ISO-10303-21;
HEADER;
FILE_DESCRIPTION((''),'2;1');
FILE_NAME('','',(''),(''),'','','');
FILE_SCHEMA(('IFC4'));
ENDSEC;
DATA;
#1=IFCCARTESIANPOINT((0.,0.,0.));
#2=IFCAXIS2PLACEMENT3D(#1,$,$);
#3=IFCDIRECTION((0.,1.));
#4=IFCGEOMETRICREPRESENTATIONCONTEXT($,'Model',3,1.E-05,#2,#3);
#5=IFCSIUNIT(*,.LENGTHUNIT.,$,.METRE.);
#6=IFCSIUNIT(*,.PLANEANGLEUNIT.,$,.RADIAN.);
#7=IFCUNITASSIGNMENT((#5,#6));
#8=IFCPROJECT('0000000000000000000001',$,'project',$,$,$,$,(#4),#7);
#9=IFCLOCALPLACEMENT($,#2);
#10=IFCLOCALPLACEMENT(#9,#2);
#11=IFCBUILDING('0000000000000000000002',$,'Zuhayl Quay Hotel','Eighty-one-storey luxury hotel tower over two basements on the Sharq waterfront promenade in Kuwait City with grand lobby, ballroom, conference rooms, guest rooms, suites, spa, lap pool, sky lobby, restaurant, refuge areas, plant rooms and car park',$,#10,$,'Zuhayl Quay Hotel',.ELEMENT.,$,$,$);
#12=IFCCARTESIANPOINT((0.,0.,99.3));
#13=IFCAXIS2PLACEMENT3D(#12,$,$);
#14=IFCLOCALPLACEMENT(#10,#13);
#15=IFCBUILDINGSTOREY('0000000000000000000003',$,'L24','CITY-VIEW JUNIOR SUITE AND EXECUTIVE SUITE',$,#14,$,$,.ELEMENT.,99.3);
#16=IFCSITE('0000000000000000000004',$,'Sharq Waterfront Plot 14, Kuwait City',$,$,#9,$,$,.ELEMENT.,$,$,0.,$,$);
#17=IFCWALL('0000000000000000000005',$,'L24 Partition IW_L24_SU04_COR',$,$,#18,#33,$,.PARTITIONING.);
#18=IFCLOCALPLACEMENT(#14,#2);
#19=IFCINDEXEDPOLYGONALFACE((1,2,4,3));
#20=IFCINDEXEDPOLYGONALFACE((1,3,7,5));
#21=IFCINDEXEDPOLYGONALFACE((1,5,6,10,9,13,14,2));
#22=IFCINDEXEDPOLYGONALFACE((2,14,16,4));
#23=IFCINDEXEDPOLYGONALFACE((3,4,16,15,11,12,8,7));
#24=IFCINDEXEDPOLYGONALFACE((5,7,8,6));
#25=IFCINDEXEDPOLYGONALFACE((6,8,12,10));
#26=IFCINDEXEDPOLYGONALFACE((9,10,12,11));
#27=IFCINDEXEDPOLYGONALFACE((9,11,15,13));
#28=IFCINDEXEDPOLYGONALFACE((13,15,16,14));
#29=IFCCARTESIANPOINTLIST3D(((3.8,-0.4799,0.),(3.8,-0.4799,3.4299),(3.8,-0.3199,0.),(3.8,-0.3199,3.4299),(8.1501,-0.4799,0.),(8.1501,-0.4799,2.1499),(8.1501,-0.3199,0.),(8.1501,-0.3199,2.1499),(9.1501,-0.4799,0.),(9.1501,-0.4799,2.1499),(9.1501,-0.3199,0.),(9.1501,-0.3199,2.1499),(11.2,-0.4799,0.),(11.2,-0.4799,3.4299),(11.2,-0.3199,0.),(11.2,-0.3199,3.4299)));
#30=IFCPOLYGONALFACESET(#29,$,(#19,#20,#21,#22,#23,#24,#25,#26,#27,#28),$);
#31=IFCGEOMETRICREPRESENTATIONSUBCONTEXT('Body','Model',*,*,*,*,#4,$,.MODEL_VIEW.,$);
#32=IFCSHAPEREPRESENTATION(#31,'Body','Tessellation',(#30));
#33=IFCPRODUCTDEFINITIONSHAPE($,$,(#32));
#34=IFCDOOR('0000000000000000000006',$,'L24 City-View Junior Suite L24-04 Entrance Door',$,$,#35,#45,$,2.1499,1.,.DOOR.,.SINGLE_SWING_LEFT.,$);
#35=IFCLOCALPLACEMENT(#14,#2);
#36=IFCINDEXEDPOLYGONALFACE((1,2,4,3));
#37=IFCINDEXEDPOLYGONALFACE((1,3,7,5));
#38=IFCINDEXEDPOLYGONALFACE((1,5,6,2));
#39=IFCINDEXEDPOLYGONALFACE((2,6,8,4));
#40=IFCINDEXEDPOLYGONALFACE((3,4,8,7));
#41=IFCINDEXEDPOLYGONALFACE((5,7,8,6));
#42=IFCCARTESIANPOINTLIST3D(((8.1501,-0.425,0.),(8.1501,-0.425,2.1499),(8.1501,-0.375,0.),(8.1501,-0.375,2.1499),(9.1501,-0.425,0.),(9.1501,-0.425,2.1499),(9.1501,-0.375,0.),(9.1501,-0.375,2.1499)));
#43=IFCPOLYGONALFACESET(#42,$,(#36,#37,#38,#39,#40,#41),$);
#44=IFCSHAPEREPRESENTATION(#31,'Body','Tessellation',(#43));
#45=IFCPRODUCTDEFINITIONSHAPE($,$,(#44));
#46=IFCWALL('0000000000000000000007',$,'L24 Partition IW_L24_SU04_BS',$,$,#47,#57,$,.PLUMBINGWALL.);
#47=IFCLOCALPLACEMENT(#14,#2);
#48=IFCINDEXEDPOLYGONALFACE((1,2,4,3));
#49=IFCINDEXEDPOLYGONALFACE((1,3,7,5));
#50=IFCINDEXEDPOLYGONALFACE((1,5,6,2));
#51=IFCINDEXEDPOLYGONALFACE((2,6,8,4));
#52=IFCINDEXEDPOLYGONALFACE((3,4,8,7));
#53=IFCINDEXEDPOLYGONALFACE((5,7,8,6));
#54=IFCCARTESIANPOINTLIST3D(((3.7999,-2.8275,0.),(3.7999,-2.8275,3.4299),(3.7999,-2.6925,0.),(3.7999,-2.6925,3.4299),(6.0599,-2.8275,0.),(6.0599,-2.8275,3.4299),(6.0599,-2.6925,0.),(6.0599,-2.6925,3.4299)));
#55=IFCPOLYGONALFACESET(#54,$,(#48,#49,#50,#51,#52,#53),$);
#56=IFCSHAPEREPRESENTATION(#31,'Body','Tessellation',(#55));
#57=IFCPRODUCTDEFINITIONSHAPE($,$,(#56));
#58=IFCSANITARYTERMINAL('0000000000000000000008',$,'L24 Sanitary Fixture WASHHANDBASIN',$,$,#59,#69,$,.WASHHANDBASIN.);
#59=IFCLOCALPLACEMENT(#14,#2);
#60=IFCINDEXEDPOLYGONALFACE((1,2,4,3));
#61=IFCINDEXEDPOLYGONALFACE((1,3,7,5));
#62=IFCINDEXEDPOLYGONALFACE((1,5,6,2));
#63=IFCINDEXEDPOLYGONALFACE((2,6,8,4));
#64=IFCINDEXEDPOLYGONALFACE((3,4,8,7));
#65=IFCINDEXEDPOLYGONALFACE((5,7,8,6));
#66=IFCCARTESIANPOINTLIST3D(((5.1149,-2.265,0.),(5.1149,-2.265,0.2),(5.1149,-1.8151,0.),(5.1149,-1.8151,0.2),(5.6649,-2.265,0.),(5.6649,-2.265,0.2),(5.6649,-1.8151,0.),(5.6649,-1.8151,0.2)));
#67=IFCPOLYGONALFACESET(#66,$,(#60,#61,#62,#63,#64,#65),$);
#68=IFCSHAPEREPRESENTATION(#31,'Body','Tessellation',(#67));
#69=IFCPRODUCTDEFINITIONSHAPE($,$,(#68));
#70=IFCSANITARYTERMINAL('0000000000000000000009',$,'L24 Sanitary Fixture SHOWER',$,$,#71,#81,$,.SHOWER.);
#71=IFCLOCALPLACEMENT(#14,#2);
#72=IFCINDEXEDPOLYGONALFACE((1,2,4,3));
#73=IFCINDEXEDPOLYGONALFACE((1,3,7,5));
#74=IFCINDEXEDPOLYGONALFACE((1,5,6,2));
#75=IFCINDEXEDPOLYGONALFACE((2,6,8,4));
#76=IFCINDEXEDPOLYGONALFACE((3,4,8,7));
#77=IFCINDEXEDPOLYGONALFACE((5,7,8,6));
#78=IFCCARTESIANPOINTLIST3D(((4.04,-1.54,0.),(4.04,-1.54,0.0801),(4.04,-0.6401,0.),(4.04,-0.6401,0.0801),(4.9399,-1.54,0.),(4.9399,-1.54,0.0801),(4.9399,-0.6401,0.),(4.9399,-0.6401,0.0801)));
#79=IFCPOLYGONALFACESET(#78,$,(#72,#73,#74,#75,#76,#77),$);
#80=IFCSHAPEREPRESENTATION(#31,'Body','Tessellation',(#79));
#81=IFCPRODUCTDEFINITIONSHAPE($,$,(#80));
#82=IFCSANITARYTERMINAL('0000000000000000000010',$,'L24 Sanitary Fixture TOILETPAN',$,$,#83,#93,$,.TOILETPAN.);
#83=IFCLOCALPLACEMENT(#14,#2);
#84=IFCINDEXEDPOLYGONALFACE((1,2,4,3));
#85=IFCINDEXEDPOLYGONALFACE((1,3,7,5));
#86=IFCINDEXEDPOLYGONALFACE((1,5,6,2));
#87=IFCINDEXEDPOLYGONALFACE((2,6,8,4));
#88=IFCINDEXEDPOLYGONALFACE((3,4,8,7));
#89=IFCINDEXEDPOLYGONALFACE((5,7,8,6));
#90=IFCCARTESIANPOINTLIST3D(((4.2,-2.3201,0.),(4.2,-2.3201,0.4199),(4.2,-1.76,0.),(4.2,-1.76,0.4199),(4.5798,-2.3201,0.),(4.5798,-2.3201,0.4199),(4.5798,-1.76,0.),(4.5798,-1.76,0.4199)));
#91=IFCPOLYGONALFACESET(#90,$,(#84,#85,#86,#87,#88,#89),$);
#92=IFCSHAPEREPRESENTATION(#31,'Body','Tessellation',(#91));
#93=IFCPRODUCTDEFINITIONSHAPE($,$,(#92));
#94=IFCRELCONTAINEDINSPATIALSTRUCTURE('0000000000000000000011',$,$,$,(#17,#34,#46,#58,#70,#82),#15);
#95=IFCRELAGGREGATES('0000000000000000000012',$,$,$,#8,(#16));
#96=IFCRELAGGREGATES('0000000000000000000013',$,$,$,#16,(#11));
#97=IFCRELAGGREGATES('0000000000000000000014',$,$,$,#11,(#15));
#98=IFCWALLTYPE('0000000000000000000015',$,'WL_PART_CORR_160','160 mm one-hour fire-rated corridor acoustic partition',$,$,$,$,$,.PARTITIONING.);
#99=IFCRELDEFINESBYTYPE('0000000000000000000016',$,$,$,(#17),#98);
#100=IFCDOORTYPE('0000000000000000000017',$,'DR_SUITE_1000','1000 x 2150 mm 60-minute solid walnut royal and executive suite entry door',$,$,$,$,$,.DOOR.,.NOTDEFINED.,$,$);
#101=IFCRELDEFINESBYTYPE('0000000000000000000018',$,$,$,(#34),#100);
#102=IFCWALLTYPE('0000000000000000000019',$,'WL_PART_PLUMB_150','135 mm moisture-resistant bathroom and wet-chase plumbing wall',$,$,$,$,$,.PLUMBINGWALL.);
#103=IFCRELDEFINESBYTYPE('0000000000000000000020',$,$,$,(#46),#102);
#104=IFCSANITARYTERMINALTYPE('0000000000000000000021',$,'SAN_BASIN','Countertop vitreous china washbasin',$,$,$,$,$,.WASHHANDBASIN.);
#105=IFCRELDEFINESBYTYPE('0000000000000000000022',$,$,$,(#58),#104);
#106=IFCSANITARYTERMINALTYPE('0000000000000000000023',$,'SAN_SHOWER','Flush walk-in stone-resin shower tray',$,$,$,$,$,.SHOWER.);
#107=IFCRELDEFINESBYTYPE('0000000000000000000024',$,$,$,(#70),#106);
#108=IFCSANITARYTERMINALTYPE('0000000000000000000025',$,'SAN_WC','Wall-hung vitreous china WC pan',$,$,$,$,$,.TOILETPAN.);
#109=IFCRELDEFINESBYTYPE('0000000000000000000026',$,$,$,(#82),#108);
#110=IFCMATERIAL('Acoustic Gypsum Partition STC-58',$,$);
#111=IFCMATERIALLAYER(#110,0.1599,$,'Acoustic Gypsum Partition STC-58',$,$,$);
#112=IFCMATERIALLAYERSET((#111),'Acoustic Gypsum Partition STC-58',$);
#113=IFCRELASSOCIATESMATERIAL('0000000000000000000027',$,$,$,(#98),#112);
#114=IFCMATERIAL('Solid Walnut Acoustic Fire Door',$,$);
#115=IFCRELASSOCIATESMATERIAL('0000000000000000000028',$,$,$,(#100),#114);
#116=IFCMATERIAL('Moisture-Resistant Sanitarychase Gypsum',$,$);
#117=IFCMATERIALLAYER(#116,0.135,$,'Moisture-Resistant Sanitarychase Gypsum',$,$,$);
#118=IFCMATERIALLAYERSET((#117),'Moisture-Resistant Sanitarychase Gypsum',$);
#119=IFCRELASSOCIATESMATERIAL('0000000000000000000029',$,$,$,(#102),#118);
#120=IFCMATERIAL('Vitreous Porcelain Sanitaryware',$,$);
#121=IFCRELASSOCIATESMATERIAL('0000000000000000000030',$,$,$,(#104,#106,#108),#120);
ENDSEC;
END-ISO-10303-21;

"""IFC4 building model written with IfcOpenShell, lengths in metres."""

from ifc_helpers import new_model, si_unit, direction, frame, frame_2d, origin, origin_2d, place, context, subcontext, project, spatial, rectangle, extrude, material, layer, layer_set, type_object, element, fill, save


model = new_model("IFC4")

# Units and contexts
model_context = context("Model", 3, precision=1e-05, world=origin(), true_north=direction((0.0, 1.0)))
body_context = subcontext(model_context, "Body", "Model", "MODEL_VIEW")
ifc_project = project(units=[si_unit("LENGTHUNIT", "METRE"), si_unit("PLANEANGLEUNIT", "RADIAN")], contexts=[model_context])

# Site, building, storey
site_placement = place(None, origin())
site = spatial("IfcSite", under=ifc_project, at=site_placement, Name="Sharq Waterfront Plot 14, Kuwait City", CompositionType="ELEMENT", RefElevation=0.0)
building_placement = place(site_placement, origin())
building = spatial("IfcBuilding", under=site, at=building_placement, Name="Zuhayl Quay Hotel", Description="Eighty-one-storey luxury hotel tower over two basements on the Sharq waterfront promenade in Kuwait City with grand lobby, ballroom, conference rooms, guest rooms, suites, spa, lap pool, sky lobby, restaurant, refuge areas, plant rooms and car park", LongName="Zuhayl Quay Hotel", CompositionType="ELEMENT")
storey_placement = place(building_placement, frame((0.0, 0.0, 99.3)))
storey = spatial("IfcBuildingStorey", under=building, at=storey_placement, Name="L24", Description="CITY-VIEW JUNIOR SUITE AND EXECUTIVE SUITE", CompositionType="ELEMENT", Elevation=99.3)

# Shared definitions
ifc_material_1 = material(Name="Acoustic Gypsum Partition STC-58")

# Wall, opening, door
ifc_layer_1 = layer(ifc_material_1, 0.1599, Name="Acoustic Gypsum Partition STC-58")
ifc_layer_set_1 = layer_set([ifc_layer_1], Name="Acoustic Gypsum Partition STC-58")
wall_type_1 = type_object("IfcWallType", Name="WL_PART_CORR_160", Description="160 mm one-hour fire-rated corridor acoustic partition", PredefinedType="PARTITIONING", material=ifc_layer_set_1)
wall_1_placement = place(storey_placement, frame((3.8, -0.3999, 0.0), z_axis=(0.0, 0.0, 1.0), x_axis=(1.0, 0.0, 0.0)))
wall_1 = element("IfcWall", 1, at=wall_1_placement, inside=storey, type_object=wall_type_1, Name="L24 Partition IW_L24_SU04_COR", PredefinedType="PARTITIONING", context=body_context, shape_type="SweptSolid", body=[
    extrude(rectangle(XDim=7.3999, YDim=0.1599, at=frame_2d((3.7, 0.0))), origin(), (0.0, 0.0, 1.0), 3.4299),
])
opening_1_placement = place(wall_1_placement, frame((4.3501, 0.0, 0.0)))
opening_1 = element("IfcOpeningElement", 2, at=opening_1_placement, cuts=wall_1, PredefinedType="OPENING", context=body_context, shape_type="SweptSolid", body=[
    extrude(rectangle(XDim=1.0, YDim=2.1499, at=frame_2d((0.5, 1.075))), frame((0.0, 0.0898, 0.0), z_axis=(0.0, -1.0, 0.0), x_axis=(1.0, 0.0, 0.0)), (0.0, 0.0, 1.0), 0.1799),
])
ifc_material_2 = material(Name="Solid Walnut Acoustic Fire Door")
door_type_1 = type_object("IfcDoorType", Name="DR_SUITE_1000", Description="1000 x 2150 mm 60-minute solid walnut royal and executive suite entry door", OperationType="NOTDEFINED", PredefinedType="DOOR", material=ifc_material_2)
door_1_placement = place(opening_1_placement, origin())
door_1 = element("IfcDoor", 3, at=door_1_placement, inside=storey, type_object=door_type_1, Name="L24 City-View Junior Suite L24-04 Entrance Door", OperationType="SINGLE_SWING_LEFT", OverallHeight=2.1499, OverallWidth=1.0, PredefinedType="DOOR", context=body_context, shape_type="SweptSolid", body=[
    extrude(rectangle(XDim=1.0, YDim=2.1499, at=frame_2d((0.5, 1.075))), frame((0.0, 0.0249, 0.0), z_axis=(0.0, -1.0, 0.0), x_axis=(1.0, 0.0, 0.0)), (0.0, 0.0, 1.0), 0.05),
])
fill(opening_1, door_1)

# Wall
ifc_material_3 = material(Name="Moisture-Resistant Sanitarychase Gypsum")
ifc_layer_2 = layer(ifc_material_3, 0.135, Name="Moisture-Resistant Sanitarychase Gypsum")
ifc_layer_set_2 = layer_set([ifc_layer_2], Name="Moisture-Resistant Sanitarychase Gypsum")
wall_type_2 = type_object("IfcWallType", Name="WL_PART_PLUMB_150", Description="135 mm moisture-resistant bathroom and wet-chase plumbing wall", PredefinedType="PLUMBINGWALL", material=ifc_layer_set_2)
wall_2_placement = place(storey_placement, frame((3.8, -2.76, 0.0), z_axis=(0.0, 0.0, 1.0), x_axis=(1.0, 0.0, 0.0)))
element("IfcWall", 4, at=wall_2_placement, inside=storey, type_object=wall_type_2, Name="L24 Partition IW_L24_SU04_BS", PredefinedType="PLUMBINGWALL", context=body_context, shape_type="SweptSolid", body=[
    extrude(rectangle(XDim=2.26, YDim=0.135, at=frame_2d((1.1299, 0.0))), origin(), (0.0, 0.0, 1.0), 3.4299),
])

# Sanitary terminals
ifc_material_4 = material(Name="Vitreous Porcelain Sanitaryware")
sanitary_terminal_type_1 = type_object("IfcSanitaryTerminalType", Name="SAN_BASIN", Description="Countertop vitreous china washbasin", PredefinedType="WASHHANDBASIN", material=ifc_material_4)
sanitary_terminal_1_placement = place(storey_placement, frame((5.3899, -2.04, 0.0), z_axis=(0.0, 0.0, 1.0), x_axis=(1.0, 0.0, 0.0)))
element("IfcSanitaryTerminal", 5, at=sanitary_terminal_1_placement, inside=storey, type_object=sanitary_terminal_type_1, Name="L24 Sanitary Fixture WASHHANDBASIN", PredefinedType="WASHHANDBASIN", context=body_context, shape_type="SweptSolid", body=[
    extrude(rectangle(XDim=0.55, YDim=0.45, at=origin_2d()), origin(), (0.0, 0.0, 1.0), 0.2),
])
sanitary_terminal_type_2 = type_object("IfcSanitaryTerminalType", Name="SAN_SHOWER", Description="Flush walk-in stone-resin shower tray", PredefinedType="SHOWER", material=ifc_material_4)
sanitary_terminal_2_placement = place(storey_placement, frame((4.49, -1.0901, 0.0), z_axis=(0.0, 0.0, 1.0), x_axis=(1.0, 0.0, 0.0)))
element("IfcSanitaryTerminal", 6, at=sanitary_terminal_2_placement, inside=storey, type_object=sanitary_terminal_type_2, Name="L24 Sanitary Fixture SHOWER", PredefinedType="SHOWER", context=body_context, shape_type="SweptSolid", body=[
    extrude(rectangle(XDim=0.8999, YDim=0.8999, at=origin_2d()), origin(), (0.0, 0.0, 1.0), 0.0801),
])
sanitary_terminal_type_3 = type_object("IfcSanitaryTerminalType", Name="SAN_WC", Description="Wall-hung vitreous china WC pan", PredefinedType="TOILETPAN", material=ifc_material_4)
sanitary_terminal_3_placement = place(storey_placement, frame((4.3899, -2.04, 0.0), z_axis=(0.0, 0.0, 1.0), x_axis=(1.0, 0.0, 0.0)))
element("IfcSanitaryTerminal", 7, at=sanitary_terminal_3_placement, inside=storey, type_object=sanitary_terminal_type_3, Name="L24 Sanitary Fixture TOILETPAN", PredefinedType="TOILETPAN", context=body_context, shape_type="SweptSolid", body=[
    extrude(rectangle(XDim=0.3799, YDim=0.5601, at=origin_2d()), origin(), (0.0, 0.0, 1.0), 0.4199),
])

save(model, "model.ifc")
